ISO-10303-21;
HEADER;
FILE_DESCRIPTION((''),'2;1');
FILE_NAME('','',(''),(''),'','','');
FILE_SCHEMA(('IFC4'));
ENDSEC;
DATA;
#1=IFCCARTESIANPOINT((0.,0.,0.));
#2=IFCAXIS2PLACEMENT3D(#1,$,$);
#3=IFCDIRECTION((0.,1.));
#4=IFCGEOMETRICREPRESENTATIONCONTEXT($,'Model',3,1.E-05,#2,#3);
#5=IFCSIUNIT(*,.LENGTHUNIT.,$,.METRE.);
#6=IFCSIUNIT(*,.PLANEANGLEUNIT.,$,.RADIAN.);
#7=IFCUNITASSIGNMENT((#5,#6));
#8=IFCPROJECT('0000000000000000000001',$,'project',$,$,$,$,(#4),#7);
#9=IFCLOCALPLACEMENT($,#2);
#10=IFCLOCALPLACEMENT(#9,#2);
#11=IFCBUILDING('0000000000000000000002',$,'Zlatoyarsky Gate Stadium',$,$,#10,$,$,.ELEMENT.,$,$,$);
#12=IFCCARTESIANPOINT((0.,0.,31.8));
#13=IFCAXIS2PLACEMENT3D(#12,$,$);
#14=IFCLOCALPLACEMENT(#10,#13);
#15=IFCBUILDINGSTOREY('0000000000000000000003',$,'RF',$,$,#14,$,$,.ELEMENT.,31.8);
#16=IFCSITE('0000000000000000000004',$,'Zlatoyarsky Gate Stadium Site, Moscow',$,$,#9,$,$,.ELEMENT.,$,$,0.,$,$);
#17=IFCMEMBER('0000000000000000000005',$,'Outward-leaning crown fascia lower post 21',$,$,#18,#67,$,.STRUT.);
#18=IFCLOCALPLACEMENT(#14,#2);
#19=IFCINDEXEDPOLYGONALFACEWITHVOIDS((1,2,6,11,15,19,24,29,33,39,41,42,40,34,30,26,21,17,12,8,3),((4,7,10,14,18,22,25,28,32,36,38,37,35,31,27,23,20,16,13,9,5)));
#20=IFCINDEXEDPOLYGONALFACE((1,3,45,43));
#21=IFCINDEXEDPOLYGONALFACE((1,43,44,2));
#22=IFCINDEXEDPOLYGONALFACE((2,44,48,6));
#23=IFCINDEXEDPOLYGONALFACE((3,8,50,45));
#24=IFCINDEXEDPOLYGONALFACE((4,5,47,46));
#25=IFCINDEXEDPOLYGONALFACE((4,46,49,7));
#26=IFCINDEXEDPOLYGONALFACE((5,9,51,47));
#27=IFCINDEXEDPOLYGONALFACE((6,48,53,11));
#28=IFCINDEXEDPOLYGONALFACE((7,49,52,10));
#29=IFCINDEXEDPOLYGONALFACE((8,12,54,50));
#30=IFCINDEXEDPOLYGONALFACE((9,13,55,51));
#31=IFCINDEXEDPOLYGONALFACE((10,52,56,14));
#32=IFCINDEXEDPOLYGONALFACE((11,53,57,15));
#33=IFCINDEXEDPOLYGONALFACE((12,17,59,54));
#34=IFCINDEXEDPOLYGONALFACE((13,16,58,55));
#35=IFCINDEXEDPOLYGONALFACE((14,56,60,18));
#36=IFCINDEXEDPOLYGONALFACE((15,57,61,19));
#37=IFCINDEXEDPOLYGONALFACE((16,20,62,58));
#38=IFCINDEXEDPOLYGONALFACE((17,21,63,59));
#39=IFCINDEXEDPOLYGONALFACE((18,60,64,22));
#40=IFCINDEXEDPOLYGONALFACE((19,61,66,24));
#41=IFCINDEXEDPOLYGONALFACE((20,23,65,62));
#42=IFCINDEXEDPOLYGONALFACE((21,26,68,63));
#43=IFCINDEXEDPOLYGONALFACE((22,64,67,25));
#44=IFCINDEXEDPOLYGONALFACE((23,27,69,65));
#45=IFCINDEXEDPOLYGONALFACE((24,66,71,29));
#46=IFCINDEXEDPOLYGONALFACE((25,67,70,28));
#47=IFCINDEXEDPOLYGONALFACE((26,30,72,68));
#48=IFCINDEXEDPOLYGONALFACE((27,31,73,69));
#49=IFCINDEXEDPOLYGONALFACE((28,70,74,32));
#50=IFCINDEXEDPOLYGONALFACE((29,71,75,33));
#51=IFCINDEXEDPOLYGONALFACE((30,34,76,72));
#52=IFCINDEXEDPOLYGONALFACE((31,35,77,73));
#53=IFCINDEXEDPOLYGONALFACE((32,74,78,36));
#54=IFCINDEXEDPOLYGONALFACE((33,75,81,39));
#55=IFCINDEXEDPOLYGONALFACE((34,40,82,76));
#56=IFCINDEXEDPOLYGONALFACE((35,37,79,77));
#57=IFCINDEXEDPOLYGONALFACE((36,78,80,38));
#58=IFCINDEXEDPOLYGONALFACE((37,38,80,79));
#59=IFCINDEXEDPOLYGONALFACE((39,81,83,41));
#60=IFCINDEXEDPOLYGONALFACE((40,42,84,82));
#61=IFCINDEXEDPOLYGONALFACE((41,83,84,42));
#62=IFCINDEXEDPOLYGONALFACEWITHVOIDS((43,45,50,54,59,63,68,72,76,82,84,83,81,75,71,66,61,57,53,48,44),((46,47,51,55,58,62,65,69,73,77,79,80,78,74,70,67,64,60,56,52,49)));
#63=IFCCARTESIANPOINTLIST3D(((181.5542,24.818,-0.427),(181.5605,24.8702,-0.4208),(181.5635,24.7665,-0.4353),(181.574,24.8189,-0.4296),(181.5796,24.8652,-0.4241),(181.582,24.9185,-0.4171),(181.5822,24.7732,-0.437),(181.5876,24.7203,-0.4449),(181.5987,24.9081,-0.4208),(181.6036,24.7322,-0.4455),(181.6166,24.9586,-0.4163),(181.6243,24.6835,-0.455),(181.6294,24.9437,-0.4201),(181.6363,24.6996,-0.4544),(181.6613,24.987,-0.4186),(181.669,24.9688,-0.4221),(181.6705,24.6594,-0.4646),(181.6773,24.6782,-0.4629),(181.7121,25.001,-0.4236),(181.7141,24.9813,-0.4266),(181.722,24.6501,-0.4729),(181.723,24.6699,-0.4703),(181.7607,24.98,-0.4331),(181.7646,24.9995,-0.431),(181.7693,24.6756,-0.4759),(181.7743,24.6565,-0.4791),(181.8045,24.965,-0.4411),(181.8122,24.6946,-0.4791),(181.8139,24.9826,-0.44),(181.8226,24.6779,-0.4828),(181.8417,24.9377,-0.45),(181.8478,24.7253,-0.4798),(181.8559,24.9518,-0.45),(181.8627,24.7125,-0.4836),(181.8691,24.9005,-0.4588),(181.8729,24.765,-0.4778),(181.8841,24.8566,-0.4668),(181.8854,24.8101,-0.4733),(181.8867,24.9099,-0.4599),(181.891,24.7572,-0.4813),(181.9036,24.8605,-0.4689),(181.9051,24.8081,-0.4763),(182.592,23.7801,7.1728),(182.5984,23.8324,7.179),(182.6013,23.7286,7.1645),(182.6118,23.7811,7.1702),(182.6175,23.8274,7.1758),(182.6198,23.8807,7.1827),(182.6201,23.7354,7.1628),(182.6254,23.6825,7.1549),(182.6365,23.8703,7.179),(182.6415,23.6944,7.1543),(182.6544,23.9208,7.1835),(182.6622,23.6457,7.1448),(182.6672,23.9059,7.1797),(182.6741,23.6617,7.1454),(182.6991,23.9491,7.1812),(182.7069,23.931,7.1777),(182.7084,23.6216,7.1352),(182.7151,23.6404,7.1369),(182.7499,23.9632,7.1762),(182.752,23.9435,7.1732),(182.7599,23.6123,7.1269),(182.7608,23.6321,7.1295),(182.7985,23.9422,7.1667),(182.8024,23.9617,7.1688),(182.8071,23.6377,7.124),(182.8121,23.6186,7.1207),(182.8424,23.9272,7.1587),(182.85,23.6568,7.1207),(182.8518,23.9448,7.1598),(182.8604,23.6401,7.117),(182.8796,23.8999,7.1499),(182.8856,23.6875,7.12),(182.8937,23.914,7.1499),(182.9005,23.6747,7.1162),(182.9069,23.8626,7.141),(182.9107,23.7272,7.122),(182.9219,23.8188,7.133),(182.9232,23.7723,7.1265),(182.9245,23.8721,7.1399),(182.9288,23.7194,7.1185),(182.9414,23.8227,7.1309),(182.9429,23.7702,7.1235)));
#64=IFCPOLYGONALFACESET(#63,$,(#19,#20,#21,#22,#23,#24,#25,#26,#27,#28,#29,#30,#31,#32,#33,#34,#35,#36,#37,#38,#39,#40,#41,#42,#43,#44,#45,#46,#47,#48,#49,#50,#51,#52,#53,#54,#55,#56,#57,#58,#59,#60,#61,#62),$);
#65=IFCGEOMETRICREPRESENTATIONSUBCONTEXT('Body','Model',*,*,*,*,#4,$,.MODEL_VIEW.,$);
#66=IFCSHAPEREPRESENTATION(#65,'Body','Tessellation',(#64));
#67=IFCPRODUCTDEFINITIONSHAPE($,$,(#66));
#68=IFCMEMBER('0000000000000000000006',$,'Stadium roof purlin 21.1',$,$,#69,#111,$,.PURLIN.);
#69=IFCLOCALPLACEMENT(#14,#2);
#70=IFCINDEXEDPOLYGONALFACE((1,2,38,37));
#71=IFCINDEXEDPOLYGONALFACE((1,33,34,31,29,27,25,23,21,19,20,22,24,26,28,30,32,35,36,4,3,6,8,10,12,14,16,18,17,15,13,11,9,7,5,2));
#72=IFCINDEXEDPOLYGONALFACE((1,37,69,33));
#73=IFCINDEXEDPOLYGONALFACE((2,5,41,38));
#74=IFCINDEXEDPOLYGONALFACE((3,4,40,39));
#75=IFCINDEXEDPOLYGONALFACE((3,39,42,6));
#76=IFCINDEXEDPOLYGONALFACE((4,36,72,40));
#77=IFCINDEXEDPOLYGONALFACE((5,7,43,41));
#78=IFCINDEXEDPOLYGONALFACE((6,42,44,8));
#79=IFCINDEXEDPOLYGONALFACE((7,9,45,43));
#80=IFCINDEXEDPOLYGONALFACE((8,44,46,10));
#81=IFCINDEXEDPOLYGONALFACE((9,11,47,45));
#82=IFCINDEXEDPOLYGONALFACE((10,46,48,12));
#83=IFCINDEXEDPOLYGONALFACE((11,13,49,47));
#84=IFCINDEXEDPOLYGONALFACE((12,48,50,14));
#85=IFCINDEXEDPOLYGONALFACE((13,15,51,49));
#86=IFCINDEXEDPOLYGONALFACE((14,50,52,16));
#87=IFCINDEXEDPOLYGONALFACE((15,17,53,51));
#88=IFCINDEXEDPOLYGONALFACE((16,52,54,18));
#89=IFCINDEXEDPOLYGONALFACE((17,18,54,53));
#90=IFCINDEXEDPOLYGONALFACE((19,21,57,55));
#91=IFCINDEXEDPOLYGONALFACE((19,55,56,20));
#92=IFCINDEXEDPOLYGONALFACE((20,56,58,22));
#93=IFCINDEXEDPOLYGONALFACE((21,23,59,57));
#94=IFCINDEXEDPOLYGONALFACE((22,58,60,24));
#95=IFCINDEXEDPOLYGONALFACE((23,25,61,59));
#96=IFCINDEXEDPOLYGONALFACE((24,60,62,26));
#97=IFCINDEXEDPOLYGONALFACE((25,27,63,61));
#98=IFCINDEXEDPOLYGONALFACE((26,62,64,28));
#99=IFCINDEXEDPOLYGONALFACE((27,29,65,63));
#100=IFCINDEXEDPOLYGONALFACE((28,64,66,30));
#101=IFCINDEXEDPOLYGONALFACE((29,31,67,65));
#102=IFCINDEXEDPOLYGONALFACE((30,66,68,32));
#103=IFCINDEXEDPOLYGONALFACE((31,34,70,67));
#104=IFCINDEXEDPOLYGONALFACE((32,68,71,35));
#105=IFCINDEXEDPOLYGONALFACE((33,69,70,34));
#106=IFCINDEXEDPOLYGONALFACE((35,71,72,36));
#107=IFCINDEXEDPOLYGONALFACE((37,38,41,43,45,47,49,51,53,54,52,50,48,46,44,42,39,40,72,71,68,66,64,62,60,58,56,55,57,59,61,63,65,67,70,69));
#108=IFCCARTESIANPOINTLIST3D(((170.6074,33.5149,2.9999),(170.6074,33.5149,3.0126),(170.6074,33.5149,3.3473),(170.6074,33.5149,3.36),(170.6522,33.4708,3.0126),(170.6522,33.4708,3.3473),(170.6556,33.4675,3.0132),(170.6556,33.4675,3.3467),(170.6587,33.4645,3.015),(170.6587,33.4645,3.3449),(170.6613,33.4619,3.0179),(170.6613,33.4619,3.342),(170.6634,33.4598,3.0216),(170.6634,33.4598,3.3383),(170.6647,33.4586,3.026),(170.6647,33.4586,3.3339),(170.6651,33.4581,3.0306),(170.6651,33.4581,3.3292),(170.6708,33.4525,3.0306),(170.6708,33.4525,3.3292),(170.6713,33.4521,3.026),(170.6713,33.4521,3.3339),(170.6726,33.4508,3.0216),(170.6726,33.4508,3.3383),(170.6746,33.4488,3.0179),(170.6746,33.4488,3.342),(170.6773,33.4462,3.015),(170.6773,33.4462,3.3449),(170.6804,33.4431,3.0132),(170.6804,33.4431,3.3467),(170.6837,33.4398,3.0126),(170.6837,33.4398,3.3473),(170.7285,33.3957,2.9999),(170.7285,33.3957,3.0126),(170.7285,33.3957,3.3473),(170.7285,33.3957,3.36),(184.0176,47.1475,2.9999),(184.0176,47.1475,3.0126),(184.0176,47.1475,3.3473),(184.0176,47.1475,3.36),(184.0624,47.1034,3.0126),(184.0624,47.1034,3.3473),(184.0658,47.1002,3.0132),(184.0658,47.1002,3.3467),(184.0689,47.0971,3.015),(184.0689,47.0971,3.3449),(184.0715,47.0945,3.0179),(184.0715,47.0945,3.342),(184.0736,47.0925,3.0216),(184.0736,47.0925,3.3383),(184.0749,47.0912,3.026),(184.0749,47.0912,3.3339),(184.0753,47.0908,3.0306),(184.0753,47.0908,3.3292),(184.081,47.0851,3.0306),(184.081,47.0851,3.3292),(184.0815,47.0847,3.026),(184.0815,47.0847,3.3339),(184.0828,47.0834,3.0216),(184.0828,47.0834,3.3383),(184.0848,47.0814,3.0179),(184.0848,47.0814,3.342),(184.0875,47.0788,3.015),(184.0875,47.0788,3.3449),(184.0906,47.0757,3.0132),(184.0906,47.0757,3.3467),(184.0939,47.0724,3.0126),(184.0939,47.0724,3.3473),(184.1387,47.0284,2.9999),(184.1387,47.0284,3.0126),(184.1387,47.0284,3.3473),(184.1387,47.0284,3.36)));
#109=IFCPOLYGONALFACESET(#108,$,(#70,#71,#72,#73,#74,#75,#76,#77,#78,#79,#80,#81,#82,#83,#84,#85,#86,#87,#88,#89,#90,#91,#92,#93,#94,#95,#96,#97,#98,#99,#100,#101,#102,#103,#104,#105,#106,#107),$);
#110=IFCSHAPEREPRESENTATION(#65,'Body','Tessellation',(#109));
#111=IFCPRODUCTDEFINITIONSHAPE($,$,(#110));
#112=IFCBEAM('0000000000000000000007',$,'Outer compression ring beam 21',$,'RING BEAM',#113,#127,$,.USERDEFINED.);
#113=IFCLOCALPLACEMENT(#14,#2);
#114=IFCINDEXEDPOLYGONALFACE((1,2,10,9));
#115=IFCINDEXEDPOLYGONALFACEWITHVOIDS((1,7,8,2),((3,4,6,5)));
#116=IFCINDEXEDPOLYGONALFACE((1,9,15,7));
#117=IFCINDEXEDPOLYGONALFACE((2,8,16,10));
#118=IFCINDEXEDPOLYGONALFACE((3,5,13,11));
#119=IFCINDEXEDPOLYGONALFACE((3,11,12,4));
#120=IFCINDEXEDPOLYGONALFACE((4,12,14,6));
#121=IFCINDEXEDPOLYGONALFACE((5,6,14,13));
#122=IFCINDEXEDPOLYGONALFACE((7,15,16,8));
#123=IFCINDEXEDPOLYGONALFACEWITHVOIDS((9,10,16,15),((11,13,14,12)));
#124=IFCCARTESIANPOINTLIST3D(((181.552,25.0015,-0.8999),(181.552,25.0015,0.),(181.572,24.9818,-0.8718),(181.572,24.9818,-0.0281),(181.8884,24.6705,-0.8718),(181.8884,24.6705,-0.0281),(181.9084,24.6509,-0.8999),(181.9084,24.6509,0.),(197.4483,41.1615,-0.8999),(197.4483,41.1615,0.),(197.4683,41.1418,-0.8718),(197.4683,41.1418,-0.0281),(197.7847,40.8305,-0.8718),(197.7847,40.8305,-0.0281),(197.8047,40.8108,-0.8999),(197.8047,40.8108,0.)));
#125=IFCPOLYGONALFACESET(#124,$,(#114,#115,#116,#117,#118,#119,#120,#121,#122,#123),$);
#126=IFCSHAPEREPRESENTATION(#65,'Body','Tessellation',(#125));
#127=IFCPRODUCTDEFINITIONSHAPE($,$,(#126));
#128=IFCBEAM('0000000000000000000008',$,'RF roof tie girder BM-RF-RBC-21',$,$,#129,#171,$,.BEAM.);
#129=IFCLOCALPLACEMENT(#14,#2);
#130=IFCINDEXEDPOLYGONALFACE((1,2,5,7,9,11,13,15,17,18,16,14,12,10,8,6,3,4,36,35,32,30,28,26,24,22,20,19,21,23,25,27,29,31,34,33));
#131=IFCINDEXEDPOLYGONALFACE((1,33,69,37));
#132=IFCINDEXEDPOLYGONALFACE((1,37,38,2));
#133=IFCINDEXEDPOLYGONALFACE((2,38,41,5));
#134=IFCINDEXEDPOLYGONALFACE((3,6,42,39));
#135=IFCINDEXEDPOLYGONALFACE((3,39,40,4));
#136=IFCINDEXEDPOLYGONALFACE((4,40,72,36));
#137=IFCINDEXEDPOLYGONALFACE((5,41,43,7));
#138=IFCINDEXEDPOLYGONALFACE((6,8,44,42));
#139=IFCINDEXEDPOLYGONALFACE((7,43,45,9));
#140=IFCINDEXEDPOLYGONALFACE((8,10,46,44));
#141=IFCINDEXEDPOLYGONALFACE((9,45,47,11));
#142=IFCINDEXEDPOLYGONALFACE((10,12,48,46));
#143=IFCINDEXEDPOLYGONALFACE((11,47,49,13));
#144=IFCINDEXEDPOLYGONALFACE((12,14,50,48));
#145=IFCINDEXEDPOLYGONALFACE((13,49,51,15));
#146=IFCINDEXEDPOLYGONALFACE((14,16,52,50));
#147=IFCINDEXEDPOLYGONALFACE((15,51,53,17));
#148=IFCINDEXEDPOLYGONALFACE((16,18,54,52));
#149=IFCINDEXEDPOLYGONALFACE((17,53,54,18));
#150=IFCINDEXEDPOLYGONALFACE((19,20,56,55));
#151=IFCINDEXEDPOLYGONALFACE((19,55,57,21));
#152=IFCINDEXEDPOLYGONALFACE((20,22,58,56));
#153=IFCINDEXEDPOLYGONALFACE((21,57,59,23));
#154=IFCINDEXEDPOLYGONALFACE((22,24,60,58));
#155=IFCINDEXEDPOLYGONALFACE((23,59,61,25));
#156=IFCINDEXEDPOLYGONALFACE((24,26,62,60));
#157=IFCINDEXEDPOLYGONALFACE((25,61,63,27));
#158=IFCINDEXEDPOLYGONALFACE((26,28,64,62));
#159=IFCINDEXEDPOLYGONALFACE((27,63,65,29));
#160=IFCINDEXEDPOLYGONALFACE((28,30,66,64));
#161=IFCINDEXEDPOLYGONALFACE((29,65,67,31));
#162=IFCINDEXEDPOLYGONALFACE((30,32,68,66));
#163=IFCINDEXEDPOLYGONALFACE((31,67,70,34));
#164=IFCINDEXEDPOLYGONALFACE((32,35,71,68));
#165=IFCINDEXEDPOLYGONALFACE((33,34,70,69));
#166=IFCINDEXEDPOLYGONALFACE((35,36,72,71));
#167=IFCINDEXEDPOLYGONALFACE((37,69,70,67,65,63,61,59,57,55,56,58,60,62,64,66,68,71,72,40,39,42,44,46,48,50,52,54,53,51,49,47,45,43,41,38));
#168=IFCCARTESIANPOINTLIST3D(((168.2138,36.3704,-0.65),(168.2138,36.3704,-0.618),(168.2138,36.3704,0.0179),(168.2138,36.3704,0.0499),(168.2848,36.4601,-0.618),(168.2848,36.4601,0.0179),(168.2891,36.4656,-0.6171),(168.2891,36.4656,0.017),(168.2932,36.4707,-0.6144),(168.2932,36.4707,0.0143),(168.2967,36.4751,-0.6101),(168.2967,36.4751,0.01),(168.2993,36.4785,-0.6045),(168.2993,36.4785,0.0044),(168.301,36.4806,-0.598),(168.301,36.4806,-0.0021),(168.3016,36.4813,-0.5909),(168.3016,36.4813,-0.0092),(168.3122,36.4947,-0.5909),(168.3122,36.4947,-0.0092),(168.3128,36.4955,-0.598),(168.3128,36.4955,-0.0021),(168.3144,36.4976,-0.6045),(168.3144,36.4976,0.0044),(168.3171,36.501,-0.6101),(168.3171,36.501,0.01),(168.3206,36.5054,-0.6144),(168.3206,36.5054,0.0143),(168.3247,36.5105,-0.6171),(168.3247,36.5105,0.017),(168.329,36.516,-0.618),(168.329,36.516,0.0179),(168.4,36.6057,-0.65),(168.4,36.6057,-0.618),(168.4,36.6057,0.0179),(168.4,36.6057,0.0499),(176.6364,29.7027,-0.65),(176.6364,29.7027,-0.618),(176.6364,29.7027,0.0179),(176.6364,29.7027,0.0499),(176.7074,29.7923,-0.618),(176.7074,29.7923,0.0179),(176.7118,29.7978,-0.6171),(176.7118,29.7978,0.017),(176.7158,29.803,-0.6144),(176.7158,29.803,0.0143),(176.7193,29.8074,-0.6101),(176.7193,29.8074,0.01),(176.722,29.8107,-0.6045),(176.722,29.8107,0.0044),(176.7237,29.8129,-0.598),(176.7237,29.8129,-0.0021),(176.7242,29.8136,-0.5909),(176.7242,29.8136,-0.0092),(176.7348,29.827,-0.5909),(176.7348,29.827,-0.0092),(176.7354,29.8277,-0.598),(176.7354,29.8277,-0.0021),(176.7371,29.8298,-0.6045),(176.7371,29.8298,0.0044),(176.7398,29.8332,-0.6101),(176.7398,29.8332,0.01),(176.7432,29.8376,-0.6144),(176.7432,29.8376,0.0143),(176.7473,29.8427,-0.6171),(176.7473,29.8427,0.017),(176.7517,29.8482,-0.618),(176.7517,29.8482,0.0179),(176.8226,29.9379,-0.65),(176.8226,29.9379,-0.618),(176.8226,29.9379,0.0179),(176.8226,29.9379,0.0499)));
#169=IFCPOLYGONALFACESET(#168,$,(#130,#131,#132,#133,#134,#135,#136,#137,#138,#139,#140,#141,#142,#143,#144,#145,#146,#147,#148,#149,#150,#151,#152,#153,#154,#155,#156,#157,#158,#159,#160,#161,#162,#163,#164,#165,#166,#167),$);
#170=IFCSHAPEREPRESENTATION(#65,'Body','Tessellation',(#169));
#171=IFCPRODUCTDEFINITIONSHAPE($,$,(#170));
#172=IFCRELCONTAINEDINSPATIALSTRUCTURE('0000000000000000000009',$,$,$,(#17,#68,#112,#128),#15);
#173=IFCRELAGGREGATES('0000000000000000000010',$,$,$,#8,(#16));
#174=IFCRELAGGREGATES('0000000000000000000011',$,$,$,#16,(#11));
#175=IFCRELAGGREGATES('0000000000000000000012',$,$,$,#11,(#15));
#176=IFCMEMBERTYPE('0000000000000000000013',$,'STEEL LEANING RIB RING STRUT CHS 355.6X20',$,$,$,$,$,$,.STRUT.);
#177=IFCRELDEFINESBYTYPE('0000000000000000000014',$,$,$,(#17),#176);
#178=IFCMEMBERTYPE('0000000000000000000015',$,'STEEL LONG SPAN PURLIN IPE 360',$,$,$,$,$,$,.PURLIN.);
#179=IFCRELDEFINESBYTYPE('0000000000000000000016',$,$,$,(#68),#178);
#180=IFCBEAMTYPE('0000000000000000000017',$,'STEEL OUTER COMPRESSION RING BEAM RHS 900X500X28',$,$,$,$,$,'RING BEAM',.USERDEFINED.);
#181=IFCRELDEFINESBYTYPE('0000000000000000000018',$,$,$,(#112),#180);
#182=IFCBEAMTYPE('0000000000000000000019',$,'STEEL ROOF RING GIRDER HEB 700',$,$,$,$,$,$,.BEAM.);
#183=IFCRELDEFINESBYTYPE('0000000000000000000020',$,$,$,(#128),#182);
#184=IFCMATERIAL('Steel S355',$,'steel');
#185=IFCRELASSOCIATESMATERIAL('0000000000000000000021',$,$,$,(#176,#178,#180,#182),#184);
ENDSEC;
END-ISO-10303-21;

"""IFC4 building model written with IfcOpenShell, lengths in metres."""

from ifc_helpers import new_model, si_unit, direction, frame, origin, origin_2d, place, context, subcontext, project, spatial, hollow_rectangle, hollow_circle, i_section, extrude, material, material_profile, profile_set, type_object, element, save


model = new_model("IFC4")

# Units and contexts
model_context = context("Model", 3, precision=1e-05, world=origin(), true_north=direction((0.0, 1.0)))
body_context = subcontext(model_context, "Body", "Model", "MODEL_VIEW")
ifc_project = project(units=[si_unit("LENGTHUNIT", "METRE"), si_unit("PLANEANGLEUNIT", "RADIAN")], contexts=[model_context])

# Site, building, storey
site_placement = place(None, origin())
site = spatial("IfcSite", under=ifc_project, at=site_placement, Name="Zlatoyarsky Gate Stadium Site, Moscow", CompositionType="ELEMENT", RefElevation=0.0)
building_placement = place(site_placement, origin())
building = spatial("IfcBuilding", under=site, at=building_placement, Name="Zlatoyarsky Gate Stadium", CompositionType="ELEMENT")
storey_placement = place(building_placement, frame((0.0, 0.0, 31.8)))
storey = spatial("IfcBuildingStorey", under=building, at=storey_placement, Name="RF", CompositionType="ELEMENT", Elevation=31.8)

# Members
ifc_material_1 = material(Name="Steel S355", Category="steel")
ifc_material_profile_1 = material_profile(ifc_material_1, hollow_circle(Radius=0.1777, WallThickness=0.02, at=origin_2d()), Name="CHS 355.6X20")
ifc_profile_set_1 = profile_set([ifc_material_profile_1], Name="Steel S355")
member_type_1 = type_object("IfcMemberType", Name="STEEL LEANING RIB RING STRUT CHS 355.6X20", PredefinedType="STRUT", material=ifc_profile_set_1)
member_1_placement = place(storey_placement, frame((181.7302, 24.8262, -0.45), z_axis=(0.134083, -0.134083, 0.981857), x_axis=(0.707107, 0.707107, 0.0)))
element("IfcMember", 1, at=member_1_placement, inside=storey, type_object=member_type_1, Name="Outward-leaning crown fascia lower post 21", PredefinedType="STRUT", context=body_context, shape_type="SweptSolid", body=[
    extrude(hollow_circle(Radius=0.1777, WallThickness=0.02, at=origin_2d()), origin(), (0.0, 0.0, 1.0), 7.7402),
])
ifc_material_profile_2 = material_profile(ifc_material_1, i_section(OverallWidth=0.1699, OverallDepth=0.3601, WebThickness=0.0081, FlangeThickness=0.0127, FilletRadius=0.0181, at=origin_2d()), Name="IPE 360")
ifc_profile_set_2 = profile_set([ifc_material_profile_2], Name="Steel S355")
member_type_2 = type_object("IfcMemberType", Name="STEEL LONG SPAN PURLIN IPE 360", PredefinedType="PURLIN", material=ifc_profile_set_2)
member_2_placement = place(storey_placement, frame((170.668, 33.4553, 3.1799), z_axis=(0.701267, 0.712898, 0.0), x_axis=(-0.712898, 0.701267, 0.0)))
element("IfcMember", 2, at=member_2_placement, inside=storey, type_object=member_type_2, Name="Stadium roof purlin 21.1", PredefinedType="PURLIN", context=body_context, shape_type="SweptSolid", body=[
    extrude(i_section(OverallWidth=0.1699, OverallDepth=0.3601, WebThickness=0.0081, FlangeThickness=0.0127, FilletRadius=0.0181, at=origin_2d()), origin(), (0.0, 0.0, 1.0), 19.1228),
])

# Beams
ifc_material_profile_3 = material_profile(ifc_material_1, hollow_rectangle(XDim=0.5, YDim=0.8999, WallThickness=0.0281, at=origin_2d()), Name="RHS 900X500X28")
ifc_profile_set_3 = profile_set([ifc_material_profile_3], Name="Steel S355")
beam_type_1 = type_object("IfcBeamType", Name="STEEL OUTER COMPRESSION RING BEAM RHS 900X500X28", ElementType="RING BEAM", PredefinedType="USERDEFINED", material=ifc_profile_set_3)
beam_1_placement = place(storey_placement, frame((181.7302, 24.8262, -0.45), z_axis=(0.701267, 0.712899, 0.0), x_axis=(-0.712899, 0.701267, 0.0)))
element("IfcBeam", 3, at=beam_1_placement, inside=storey, type_object=beam_type_1, Name="Outer compression ring beam 21", ObjectType="RING BEAM", PredefinedType="USERDEFINED", context=body_context, shape_type="SweptSolid", body=[
    extrude(hollow_rectangle(XDim=0.5, YDim=0.8999, WallThickness=0.0281, at=origin_2d()), origin(), (0.0, 0.0, 1.0), 22.668),
])
ifc_material_profile_4 = material_profile(ifc_material_1, i_section(OverallWidth=0.3, OverallDepth=0.7, WebThickness=0.0171, FlangeThickness=0.032, FilletRadius=0.0271, at=origin_2d()), Name="HEB 700")
ifc_profile_set_4 = profile_set([ifc_material_profile_4], Name="Steel S355")
beam_type_2 = type_object("IfcBeamType", Name="STEEL ROOF RING GIRDER HEB 700", PredefinedType="BEAM", material=ifc_profile_set_4)
beam_2_placement = place(storey_placement, frame((168.3069, 36.488, -0.3), z_axis=(0.784054, -0.620693, 0.0), x_axis=(0.620693, 0.784054, 0.0)))
element("IfcBeam", 4, at=beam_2_placement, inside=storey, type_object=beam_type_2, Name="RF roof tie girder BM-RF-RBC-21", PredefinedType="BEAM", context=body_context, shape_type="SweptSolid", body=[
    extrude(i_section(OverallWidth=0.3, OverallDepth=0.7, WebThickness=0.0171, FlangeThickness=0.032, FilletRadius=0.0271, at=origin_2d()), origin(), (0.0, 0.0, 1.0), 10.7424),
])

save(model, "model.ifc")
